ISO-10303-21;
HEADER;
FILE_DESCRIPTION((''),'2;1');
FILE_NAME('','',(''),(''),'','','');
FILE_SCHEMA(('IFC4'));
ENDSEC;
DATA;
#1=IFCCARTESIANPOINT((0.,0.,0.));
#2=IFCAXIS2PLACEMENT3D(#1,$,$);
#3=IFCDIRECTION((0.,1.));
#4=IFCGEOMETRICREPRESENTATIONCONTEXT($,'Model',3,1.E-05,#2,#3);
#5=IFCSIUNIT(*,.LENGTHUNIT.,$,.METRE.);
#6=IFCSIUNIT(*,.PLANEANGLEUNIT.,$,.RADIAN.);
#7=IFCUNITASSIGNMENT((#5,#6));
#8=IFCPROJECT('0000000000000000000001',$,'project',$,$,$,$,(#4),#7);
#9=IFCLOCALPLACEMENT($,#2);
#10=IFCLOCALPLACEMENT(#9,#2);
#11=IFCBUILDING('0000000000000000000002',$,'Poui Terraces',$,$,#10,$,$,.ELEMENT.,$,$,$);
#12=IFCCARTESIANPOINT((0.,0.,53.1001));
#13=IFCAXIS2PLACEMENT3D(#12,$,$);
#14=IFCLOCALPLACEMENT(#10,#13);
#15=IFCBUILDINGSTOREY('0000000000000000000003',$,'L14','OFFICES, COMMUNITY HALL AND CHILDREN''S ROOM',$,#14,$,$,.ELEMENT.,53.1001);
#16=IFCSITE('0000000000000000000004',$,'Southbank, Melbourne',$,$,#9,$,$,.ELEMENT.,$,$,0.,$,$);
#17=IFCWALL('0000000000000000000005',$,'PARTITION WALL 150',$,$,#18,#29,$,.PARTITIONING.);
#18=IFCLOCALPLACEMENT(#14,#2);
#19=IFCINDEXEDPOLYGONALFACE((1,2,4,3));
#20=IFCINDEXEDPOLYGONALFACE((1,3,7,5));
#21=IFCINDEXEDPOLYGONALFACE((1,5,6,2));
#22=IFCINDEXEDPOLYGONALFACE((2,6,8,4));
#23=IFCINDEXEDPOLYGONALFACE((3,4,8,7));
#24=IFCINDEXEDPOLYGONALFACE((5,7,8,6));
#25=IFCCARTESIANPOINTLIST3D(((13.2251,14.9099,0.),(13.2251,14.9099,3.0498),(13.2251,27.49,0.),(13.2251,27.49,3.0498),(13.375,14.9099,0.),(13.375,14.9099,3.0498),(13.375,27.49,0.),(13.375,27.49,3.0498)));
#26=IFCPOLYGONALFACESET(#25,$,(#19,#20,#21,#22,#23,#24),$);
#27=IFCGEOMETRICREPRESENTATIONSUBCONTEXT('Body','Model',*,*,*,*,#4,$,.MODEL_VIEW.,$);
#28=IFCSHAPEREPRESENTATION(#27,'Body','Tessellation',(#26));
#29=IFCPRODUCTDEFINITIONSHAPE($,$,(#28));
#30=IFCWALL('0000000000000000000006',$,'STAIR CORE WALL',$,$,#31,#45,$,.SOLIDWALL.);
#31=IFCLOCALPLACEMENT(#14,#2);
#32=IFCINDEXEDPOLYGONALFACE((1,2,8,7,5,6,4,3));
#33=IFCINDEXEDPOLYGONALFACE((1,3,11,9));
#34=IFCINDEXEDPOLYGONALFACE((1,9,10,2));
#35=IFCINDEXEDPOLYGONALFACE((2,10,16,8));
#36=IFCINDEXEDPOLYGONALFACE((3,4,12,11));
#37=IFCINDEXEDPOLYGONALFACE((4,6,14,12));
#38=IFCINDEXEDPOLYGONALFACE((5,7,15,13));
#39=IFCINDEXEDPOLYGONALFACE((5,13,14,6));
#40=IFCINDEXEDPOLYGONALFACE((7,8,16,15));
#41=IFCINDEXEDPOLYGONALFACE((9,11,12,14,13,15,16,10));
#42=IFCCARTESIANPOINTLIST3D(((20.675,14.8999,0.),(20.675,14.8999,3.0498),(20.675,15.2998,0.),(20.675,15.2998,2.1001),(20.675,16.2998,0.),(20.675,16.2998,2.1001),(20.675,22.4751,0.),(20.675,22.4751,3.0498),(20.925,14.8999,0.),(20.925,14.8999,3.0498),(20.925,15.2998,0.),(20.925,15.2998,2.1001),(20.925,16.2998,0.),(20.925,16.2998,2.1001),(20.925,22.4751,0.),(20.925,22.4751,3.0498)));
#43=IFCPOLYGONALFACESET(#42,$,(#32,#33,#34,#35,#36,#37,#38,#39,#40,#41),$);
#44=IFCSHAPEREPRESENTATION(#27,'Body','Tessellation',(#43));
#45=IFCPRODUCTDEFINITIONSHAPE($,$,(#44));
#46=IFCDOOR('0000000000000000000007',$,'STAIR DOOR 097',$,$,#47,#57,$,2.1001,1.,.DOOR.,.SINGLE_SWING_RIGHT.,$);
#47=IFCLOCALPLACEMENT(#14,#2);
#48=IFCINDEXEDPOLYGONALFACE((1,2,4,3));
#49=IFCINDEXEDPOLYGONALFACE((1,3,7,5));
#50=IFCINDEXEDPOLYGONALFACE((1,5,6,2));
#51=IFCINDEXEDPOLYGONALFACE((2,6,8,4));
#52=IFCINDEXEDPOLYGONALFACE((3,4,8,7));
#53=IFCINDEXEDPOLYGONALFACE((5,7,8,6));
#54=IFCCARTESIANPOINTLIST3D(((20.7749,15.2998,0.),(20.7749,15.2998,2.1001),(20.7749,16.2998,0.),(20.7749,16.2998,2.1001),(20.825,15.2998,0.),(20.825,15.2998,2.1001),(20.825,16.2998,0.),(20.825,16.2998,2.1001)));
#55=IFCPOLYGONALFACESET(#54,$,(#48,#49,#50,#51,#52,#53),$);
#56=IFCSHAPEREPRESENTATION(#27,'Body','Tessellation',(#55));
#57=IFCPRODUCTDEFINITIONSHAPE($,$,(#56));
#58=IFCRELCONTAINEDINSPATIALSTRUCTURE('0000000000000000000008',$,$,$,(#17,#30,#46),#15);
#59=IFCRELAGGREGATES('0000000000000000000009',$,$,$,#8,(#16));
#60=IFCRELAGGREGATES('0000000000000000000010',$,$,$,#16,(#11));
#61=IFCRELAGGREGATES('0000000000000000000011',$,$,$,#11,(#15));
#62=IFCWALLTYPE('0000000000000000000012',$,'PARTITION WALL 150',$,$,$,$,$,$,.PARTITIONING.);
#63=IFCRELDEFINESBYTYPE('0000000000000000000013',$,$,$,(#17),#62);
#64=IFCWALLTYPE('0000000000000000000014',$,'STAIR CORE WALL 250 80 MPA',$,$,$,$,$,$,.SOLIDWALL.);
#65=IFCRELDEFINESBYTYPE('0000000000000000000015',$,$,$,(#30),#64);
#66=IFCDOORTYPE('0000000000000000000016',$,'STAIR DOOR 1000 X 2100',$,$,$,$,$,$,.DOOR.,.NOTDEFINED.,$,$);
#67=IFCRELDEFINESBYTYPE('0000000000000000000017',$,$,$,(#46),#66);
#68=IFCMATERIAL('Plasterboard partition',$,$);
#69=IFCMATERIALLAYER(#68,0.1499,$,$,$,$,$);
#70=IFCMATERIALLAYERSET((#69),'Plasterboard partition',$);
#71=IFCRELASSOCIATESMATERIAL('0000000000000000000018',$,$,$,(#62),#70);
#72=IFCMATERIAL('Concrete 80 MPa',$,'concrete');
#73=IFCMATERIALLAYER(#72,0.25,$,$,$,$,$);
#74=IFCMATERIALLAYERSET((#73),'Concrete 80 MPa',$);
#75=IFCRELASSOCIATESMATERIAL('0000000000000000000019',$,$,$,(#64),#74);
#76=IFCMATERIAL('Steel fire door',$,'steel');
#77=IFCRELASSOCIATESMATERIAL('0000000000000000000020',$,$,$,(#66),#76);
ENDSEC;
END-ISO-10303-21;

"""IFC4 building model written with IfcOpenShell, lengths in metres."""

from ifc_helpers import new_model, si_unit, direction, frame, frame_2d, origin, place, context, subcontext, project, spatial, rectangle, extrude, material, layer, layer_set, type_object, element, fill, save


model = new_model("IFC4")

# Units and contexts
model_context = context("Model", 3, precision=1e-05, world=origin(), true_north=direction((0.0, 1.0)))
body_context = subcontext(model_context, "Body", "Model", "MODEL_VIEW")
ifc_project = project(units=[si_unit("LENGTHUNIT", "METRE"), si_unit("PLANEANGLEUNIT", "RADIAN")], contexts=[model_context])

# Site, building, storey
site_placement = place(None, origin())
site = spatial("IfcSite", under=ifc_project, at=site_placement, Name="Southbank, Melbourne", CompositionType="ELEMENT", RefElevation=0.0)
building_placement = place(site_placement, origin())
building = spatial("IfcBuilding", under=site, at=building_placement, Name="Poui Terraces", CompositionType="ELEMENT")
storey_placement = place(building_placement, frame((0.0, 0.0, 53.1001)))
storey = spatial("IfcBuildingStorey", under=building, at=storey_placement, Name="L14", Description="OFFICES, COMMUNITY HALL AND CHILDREN'S ROOM", CompositionType="ELEMENT", Elevation=53.1001)

# Shared definitions
ifc_material_1 = material(Name="Concrete 80 MPa", Category="concrete")

# Shared definitions
ifc_material_2 = material(Name="Steel fire door", Category="steel")

# Wall
ifc_material_3 = material(Name="Plasterboard partition")
ifc_layer_1 = layer(ifc_material_3, 0.1499)
ifc_layer_set_1 = layer_set([ifc_layer_1], Name="Plasterboard partition")
wall_type_1 = type_object("IfcWallType", Name="PARTITION WALL 150", PredefinedType="PARTITIONING", material=ifc_layer_set_1)
wall_1_placement = place(storey_placement, frame((13.3, 14.9099, 0.0), z_axis=(0.0, 0.0, 1.0), x_axis=(0.0, 1.0, 0.0)))
element("IfcWall", 1, at=wall_1_placement, inside=storey, type_object=wall_type_1, Name="PARTITION WALL 150", PredefinedType="PARTITIONING", context=body_context, shape_type="SweptSolid", body=[
    extrude(rectangle(XDim=12.5801, YDim=0.1499, at=frame_2d((6.29, 0.0))), origin(), (0.0, 0.0, 1.0), 3.0498),
])

# Wall, opening, door
ifc_layer_2 = layer(ifc_material_1, 0.25)
ifc_layer_set_2 = layer_set([ifc_layer_2], Name="Concrete 80 MPa")
wall_type_2 = type_object("IfcWallType", Name="STAIR CORE WALL 250 80 MPA", PredefinedType="SOLIDWALL", material=ifc_layer_set_2)
wall_2_placement = place(storey_placement, frame((20.8, 14.8999, 0.0), z_axis=(0.0, 0.0, 1.0), x_axis=(0.0, 1.0, 0.0)))
wall_2 = element("IfcWall", 2, at=wall_2_placement, inside=storey, type_object=wall_type_2, Name="STAIR CORE WALL", PredefinedType="SOLIDWALL", context=body_context, shape_type="SweptSolid", body=[
    extrude(rectangle(XDim=7.5752, YDim=0.25, at=frame_2d((3.7876, 0.0))), origin(), (0.0, 0.0, 1.0), 3.0498),
])
opening_1_placement = place(wall_2_placement, frame((0.3999, 0.0, 0.0)))
opening_1 = element("IfcOpeningElement", 3, at=opening_1_placement, cuts=wall_2, PredefinedType="OPENING", context=body_context, shape_type="SweptSolid", body=[
    extrude(rectangle(XDim=1.0, YDim=2.1001, at=frame_2d((0.5, 1.05))), frame((0.0, 0.135, 0.0), z_axis=(0.0, -1.0, 0.0), x_axis=(1.0, 0.0, 0.0)), (0.0, 0.0, 1.0), 0.27),
])
door_type_1 = type_object("IfcDoorType", Name="STAIR DOOR 1000 X 2100", OperationType="NOTDEFINED", PredefinedType="DOOR", material=ifc_material_2)
door_1_placement = place(opening_1_placement, frame((1.0, 0.0, 0.0), z_axis=(0.0, 0.0, 1.0), x_axis=(-1.0, 0.0, 0.0)))
door_1 = element("IfcDoor", 4, at=door_1_placement, inside=storey, type_object=door_type_1, Name="STAIR DOOR 097", OperationType="SINGLE_SWING_RIGHT", OverallHeight=2.1001, OverallWidth=1.0, PredefinedType="DOOR", context=body_context, shape_type="SweptSolid", body=[
    extrude(rectangle(XDim=1.0, YDim=2.1001, at=frame_2d((0.5, 1.05))), frame((0.0, 0.0249, 0.0), z_axis=(0.0, -1.0, 0.0), x_axis=(1.0, 0.0, 0.0)), (0.0, 0.0, 1.0), 0.05),
])
fill(opening_1, door_1)

save(model, "model.ifc")
